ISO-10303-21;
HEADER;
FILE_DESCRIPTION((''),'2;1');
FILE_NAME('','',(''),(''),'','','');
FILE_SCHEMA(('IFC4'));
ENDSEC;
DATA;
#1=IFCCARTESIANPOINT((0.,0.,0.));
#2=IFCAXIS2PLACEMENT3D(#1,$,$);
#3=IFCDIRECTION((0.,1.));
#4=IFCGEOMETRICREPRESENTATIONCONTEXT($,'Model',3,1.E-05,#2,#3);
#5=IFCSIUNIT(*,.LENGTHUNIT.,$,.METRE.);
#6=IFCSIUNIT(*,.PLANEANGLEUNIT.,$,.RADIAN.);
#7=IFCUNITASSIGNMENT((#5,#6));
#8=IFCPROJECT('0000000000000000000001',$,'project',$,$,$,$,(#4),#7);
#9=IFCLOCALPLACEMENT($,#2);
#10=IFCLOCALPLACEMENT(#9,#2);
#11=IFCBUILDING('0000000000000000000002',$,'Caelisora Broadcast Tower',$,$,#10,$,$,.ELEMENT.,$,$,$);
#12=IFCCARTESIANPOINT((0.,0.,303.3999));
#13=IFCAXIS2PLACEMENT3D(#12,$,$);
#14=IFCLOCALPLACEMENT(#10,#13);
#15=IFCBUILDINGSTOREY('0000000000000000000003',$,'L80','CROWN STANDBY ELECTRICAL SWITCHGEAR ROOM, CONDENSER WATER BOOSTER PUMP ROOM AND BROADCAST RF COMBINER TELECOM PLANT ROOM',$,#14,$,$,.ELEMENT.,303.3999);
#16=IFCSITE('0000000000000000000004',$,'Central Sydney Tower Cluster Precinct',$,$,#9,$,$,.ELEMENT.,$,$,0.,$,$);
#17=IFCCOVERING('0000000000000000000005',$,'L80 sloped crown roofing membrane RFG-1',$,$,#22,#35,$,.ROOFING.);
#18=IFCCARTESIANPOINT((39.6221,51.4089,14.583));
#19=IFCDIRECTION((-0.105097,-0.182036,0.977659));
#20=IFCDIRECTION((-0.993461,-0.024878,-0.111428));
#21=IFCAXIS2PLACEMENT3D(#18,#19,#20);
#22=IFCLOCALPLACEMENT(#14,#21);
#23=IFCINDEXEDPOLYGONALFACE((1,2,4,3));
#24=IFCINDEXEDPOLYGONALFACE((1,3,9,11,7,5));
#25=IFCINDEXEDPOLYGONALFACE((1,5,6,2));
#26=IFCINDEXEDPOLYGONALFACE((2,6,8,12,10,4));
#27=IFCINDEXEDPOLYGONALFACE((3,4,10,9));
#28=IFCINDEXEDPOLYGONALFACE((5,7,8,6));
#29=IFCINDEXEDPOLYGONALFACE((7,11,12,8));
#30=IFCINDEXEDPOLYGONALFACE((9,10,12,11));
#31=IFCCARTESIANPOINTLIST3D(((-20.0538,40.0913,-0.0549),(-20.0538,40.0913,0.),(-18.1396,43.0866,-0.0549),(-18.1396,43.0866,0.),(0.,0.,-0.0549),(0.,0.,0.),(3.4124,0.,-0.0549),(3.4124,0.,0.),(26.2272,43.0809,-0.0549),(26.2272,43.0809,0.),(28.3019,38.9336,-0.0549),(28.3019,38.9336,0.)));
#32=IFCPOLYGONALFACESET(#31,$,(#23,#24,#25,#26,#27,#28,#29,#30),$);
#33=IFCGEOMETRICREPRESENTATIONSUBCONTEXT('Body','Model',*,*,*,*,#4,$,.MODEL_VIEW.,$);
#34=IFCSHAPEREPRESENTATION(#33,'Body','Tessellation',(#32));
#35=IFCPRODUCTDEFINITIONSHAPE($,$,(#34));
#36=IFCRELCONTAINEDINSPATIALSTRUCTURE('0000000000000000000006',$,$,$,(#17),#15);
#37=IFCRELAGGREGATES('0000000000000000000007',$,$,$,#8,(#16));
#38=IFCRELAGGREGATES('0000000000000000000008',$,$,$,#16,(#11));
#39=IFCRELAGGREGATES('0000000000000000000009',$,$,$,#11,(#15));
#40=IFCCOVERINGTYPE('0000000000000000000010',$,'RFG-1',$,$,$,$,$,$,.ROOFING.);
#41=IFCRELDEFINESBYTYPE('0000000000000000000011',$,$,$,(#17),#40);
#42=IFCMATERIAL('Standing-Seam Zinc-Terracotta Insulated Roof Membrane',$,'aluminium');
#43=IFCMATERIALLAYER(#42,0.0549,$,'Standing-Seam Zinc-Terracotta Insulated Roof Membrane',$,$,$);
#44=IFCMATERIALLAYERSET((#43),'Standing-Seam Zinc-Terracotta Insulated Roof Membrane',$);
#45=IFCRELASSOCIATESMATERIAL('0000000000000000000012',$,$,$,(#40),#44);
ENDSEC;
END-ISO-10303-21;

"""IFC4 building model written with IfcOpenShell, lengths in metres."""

from ifc_helpers import new_model, si_unit, direction, frame, origin, place, context, subcontext, project, spatial, polyline, outline, extrude, material, layer, layer_set, type_object, element, save


model = new_model("IFC4")

# Units and contexts
model_context = context("Model", 3, precision=1e-05, world=origin(), true_north=direction((0.0, 1.0)))
body_context = subcontext(model_context, "Body", "Model", "MODEL_VIEW")
ifc_project = project(units=[si_unit("LENGTHUNIT", "METRE"), si_unit("PLANEANGLEUNIT", "RADIAN")], contexts=[model_context])

# Site, building, storey
site_placement = place(None, origin())
site = spatial("IfcSite", under=ifc_project, at=site_placement, Name="Central Sydney Tower Cluster Precinct", CompositionType="ELEMENT", RefElevation=0.0)
building_placement = place(site_placement, origin())
building = spatial("IfcBuilding", under=site, at=building_placement, Name="Caelisora Broadcast Tower", CompositionType="ELEMENT")
storey_placement = place(building_placement, frame((0.0, 0.0, 303.3999)))
storey = spatial("IfcBuildingStorey", under=building, at=storey_placement, Name="L80", Description="CROWN STANDBY ELECTRICAL SWITCHGEAR ROOM, CONDENSER WATER BOOSTER PUMP ROOM AND BROADCAST RF COMBINER TELECOM PLANT ROOM", CompositionType="ELEMENT", Elevation=303.3999)

# Covering
ifc_material_1 = material(Name="Standing-Seam Zinc-Terracotta Insulated Roof Membrane", Category="aluminium")
ifc_layer_1 = layer(ifc_material_1, 0.0549, Name="Standing-Seam Zinc-Terracotta Insulated Roof Membrane")
ifc_layer_set_1 = layer_set([ifc_layer_1], Name="Standing-Seam Zinc-Terracotta Insulated Roof Membrane")
covering_type_1 = type_object("IfcCoveringType", Name="RFG-1", PredefinedType="ROOFING", material=ifc_layer_set_1)
covering_1_placement = place(storey_placement, frame((39.6221, 51.4089, 14.583), z_axis=(-0.105097, -0.182036, 0.977659), x_axis=(-0.993461, -0.024878, -0.111428)))
element("IfcCovering", 1, at=covering_1_placement, inside=storey, type_object=covering_type_1, Name="L80 sloped crown roofing membrane RFG-1", PredefinedType="ROOFING", context=body_context, shape_type="SweptSolid", body=[
    extrude(outline(polyline([(0.0, 0.0), (3.4124, 0.0), (28.3019, 38.9336), (26.2272, 43.0809), (-18.1396, 43.0866), (-20.0538, 40.0913), (0.0, 0.0)])), origin(), (0.0, 0.0, -1.0), 0.0549),
])

save(model, "model.ifc")
